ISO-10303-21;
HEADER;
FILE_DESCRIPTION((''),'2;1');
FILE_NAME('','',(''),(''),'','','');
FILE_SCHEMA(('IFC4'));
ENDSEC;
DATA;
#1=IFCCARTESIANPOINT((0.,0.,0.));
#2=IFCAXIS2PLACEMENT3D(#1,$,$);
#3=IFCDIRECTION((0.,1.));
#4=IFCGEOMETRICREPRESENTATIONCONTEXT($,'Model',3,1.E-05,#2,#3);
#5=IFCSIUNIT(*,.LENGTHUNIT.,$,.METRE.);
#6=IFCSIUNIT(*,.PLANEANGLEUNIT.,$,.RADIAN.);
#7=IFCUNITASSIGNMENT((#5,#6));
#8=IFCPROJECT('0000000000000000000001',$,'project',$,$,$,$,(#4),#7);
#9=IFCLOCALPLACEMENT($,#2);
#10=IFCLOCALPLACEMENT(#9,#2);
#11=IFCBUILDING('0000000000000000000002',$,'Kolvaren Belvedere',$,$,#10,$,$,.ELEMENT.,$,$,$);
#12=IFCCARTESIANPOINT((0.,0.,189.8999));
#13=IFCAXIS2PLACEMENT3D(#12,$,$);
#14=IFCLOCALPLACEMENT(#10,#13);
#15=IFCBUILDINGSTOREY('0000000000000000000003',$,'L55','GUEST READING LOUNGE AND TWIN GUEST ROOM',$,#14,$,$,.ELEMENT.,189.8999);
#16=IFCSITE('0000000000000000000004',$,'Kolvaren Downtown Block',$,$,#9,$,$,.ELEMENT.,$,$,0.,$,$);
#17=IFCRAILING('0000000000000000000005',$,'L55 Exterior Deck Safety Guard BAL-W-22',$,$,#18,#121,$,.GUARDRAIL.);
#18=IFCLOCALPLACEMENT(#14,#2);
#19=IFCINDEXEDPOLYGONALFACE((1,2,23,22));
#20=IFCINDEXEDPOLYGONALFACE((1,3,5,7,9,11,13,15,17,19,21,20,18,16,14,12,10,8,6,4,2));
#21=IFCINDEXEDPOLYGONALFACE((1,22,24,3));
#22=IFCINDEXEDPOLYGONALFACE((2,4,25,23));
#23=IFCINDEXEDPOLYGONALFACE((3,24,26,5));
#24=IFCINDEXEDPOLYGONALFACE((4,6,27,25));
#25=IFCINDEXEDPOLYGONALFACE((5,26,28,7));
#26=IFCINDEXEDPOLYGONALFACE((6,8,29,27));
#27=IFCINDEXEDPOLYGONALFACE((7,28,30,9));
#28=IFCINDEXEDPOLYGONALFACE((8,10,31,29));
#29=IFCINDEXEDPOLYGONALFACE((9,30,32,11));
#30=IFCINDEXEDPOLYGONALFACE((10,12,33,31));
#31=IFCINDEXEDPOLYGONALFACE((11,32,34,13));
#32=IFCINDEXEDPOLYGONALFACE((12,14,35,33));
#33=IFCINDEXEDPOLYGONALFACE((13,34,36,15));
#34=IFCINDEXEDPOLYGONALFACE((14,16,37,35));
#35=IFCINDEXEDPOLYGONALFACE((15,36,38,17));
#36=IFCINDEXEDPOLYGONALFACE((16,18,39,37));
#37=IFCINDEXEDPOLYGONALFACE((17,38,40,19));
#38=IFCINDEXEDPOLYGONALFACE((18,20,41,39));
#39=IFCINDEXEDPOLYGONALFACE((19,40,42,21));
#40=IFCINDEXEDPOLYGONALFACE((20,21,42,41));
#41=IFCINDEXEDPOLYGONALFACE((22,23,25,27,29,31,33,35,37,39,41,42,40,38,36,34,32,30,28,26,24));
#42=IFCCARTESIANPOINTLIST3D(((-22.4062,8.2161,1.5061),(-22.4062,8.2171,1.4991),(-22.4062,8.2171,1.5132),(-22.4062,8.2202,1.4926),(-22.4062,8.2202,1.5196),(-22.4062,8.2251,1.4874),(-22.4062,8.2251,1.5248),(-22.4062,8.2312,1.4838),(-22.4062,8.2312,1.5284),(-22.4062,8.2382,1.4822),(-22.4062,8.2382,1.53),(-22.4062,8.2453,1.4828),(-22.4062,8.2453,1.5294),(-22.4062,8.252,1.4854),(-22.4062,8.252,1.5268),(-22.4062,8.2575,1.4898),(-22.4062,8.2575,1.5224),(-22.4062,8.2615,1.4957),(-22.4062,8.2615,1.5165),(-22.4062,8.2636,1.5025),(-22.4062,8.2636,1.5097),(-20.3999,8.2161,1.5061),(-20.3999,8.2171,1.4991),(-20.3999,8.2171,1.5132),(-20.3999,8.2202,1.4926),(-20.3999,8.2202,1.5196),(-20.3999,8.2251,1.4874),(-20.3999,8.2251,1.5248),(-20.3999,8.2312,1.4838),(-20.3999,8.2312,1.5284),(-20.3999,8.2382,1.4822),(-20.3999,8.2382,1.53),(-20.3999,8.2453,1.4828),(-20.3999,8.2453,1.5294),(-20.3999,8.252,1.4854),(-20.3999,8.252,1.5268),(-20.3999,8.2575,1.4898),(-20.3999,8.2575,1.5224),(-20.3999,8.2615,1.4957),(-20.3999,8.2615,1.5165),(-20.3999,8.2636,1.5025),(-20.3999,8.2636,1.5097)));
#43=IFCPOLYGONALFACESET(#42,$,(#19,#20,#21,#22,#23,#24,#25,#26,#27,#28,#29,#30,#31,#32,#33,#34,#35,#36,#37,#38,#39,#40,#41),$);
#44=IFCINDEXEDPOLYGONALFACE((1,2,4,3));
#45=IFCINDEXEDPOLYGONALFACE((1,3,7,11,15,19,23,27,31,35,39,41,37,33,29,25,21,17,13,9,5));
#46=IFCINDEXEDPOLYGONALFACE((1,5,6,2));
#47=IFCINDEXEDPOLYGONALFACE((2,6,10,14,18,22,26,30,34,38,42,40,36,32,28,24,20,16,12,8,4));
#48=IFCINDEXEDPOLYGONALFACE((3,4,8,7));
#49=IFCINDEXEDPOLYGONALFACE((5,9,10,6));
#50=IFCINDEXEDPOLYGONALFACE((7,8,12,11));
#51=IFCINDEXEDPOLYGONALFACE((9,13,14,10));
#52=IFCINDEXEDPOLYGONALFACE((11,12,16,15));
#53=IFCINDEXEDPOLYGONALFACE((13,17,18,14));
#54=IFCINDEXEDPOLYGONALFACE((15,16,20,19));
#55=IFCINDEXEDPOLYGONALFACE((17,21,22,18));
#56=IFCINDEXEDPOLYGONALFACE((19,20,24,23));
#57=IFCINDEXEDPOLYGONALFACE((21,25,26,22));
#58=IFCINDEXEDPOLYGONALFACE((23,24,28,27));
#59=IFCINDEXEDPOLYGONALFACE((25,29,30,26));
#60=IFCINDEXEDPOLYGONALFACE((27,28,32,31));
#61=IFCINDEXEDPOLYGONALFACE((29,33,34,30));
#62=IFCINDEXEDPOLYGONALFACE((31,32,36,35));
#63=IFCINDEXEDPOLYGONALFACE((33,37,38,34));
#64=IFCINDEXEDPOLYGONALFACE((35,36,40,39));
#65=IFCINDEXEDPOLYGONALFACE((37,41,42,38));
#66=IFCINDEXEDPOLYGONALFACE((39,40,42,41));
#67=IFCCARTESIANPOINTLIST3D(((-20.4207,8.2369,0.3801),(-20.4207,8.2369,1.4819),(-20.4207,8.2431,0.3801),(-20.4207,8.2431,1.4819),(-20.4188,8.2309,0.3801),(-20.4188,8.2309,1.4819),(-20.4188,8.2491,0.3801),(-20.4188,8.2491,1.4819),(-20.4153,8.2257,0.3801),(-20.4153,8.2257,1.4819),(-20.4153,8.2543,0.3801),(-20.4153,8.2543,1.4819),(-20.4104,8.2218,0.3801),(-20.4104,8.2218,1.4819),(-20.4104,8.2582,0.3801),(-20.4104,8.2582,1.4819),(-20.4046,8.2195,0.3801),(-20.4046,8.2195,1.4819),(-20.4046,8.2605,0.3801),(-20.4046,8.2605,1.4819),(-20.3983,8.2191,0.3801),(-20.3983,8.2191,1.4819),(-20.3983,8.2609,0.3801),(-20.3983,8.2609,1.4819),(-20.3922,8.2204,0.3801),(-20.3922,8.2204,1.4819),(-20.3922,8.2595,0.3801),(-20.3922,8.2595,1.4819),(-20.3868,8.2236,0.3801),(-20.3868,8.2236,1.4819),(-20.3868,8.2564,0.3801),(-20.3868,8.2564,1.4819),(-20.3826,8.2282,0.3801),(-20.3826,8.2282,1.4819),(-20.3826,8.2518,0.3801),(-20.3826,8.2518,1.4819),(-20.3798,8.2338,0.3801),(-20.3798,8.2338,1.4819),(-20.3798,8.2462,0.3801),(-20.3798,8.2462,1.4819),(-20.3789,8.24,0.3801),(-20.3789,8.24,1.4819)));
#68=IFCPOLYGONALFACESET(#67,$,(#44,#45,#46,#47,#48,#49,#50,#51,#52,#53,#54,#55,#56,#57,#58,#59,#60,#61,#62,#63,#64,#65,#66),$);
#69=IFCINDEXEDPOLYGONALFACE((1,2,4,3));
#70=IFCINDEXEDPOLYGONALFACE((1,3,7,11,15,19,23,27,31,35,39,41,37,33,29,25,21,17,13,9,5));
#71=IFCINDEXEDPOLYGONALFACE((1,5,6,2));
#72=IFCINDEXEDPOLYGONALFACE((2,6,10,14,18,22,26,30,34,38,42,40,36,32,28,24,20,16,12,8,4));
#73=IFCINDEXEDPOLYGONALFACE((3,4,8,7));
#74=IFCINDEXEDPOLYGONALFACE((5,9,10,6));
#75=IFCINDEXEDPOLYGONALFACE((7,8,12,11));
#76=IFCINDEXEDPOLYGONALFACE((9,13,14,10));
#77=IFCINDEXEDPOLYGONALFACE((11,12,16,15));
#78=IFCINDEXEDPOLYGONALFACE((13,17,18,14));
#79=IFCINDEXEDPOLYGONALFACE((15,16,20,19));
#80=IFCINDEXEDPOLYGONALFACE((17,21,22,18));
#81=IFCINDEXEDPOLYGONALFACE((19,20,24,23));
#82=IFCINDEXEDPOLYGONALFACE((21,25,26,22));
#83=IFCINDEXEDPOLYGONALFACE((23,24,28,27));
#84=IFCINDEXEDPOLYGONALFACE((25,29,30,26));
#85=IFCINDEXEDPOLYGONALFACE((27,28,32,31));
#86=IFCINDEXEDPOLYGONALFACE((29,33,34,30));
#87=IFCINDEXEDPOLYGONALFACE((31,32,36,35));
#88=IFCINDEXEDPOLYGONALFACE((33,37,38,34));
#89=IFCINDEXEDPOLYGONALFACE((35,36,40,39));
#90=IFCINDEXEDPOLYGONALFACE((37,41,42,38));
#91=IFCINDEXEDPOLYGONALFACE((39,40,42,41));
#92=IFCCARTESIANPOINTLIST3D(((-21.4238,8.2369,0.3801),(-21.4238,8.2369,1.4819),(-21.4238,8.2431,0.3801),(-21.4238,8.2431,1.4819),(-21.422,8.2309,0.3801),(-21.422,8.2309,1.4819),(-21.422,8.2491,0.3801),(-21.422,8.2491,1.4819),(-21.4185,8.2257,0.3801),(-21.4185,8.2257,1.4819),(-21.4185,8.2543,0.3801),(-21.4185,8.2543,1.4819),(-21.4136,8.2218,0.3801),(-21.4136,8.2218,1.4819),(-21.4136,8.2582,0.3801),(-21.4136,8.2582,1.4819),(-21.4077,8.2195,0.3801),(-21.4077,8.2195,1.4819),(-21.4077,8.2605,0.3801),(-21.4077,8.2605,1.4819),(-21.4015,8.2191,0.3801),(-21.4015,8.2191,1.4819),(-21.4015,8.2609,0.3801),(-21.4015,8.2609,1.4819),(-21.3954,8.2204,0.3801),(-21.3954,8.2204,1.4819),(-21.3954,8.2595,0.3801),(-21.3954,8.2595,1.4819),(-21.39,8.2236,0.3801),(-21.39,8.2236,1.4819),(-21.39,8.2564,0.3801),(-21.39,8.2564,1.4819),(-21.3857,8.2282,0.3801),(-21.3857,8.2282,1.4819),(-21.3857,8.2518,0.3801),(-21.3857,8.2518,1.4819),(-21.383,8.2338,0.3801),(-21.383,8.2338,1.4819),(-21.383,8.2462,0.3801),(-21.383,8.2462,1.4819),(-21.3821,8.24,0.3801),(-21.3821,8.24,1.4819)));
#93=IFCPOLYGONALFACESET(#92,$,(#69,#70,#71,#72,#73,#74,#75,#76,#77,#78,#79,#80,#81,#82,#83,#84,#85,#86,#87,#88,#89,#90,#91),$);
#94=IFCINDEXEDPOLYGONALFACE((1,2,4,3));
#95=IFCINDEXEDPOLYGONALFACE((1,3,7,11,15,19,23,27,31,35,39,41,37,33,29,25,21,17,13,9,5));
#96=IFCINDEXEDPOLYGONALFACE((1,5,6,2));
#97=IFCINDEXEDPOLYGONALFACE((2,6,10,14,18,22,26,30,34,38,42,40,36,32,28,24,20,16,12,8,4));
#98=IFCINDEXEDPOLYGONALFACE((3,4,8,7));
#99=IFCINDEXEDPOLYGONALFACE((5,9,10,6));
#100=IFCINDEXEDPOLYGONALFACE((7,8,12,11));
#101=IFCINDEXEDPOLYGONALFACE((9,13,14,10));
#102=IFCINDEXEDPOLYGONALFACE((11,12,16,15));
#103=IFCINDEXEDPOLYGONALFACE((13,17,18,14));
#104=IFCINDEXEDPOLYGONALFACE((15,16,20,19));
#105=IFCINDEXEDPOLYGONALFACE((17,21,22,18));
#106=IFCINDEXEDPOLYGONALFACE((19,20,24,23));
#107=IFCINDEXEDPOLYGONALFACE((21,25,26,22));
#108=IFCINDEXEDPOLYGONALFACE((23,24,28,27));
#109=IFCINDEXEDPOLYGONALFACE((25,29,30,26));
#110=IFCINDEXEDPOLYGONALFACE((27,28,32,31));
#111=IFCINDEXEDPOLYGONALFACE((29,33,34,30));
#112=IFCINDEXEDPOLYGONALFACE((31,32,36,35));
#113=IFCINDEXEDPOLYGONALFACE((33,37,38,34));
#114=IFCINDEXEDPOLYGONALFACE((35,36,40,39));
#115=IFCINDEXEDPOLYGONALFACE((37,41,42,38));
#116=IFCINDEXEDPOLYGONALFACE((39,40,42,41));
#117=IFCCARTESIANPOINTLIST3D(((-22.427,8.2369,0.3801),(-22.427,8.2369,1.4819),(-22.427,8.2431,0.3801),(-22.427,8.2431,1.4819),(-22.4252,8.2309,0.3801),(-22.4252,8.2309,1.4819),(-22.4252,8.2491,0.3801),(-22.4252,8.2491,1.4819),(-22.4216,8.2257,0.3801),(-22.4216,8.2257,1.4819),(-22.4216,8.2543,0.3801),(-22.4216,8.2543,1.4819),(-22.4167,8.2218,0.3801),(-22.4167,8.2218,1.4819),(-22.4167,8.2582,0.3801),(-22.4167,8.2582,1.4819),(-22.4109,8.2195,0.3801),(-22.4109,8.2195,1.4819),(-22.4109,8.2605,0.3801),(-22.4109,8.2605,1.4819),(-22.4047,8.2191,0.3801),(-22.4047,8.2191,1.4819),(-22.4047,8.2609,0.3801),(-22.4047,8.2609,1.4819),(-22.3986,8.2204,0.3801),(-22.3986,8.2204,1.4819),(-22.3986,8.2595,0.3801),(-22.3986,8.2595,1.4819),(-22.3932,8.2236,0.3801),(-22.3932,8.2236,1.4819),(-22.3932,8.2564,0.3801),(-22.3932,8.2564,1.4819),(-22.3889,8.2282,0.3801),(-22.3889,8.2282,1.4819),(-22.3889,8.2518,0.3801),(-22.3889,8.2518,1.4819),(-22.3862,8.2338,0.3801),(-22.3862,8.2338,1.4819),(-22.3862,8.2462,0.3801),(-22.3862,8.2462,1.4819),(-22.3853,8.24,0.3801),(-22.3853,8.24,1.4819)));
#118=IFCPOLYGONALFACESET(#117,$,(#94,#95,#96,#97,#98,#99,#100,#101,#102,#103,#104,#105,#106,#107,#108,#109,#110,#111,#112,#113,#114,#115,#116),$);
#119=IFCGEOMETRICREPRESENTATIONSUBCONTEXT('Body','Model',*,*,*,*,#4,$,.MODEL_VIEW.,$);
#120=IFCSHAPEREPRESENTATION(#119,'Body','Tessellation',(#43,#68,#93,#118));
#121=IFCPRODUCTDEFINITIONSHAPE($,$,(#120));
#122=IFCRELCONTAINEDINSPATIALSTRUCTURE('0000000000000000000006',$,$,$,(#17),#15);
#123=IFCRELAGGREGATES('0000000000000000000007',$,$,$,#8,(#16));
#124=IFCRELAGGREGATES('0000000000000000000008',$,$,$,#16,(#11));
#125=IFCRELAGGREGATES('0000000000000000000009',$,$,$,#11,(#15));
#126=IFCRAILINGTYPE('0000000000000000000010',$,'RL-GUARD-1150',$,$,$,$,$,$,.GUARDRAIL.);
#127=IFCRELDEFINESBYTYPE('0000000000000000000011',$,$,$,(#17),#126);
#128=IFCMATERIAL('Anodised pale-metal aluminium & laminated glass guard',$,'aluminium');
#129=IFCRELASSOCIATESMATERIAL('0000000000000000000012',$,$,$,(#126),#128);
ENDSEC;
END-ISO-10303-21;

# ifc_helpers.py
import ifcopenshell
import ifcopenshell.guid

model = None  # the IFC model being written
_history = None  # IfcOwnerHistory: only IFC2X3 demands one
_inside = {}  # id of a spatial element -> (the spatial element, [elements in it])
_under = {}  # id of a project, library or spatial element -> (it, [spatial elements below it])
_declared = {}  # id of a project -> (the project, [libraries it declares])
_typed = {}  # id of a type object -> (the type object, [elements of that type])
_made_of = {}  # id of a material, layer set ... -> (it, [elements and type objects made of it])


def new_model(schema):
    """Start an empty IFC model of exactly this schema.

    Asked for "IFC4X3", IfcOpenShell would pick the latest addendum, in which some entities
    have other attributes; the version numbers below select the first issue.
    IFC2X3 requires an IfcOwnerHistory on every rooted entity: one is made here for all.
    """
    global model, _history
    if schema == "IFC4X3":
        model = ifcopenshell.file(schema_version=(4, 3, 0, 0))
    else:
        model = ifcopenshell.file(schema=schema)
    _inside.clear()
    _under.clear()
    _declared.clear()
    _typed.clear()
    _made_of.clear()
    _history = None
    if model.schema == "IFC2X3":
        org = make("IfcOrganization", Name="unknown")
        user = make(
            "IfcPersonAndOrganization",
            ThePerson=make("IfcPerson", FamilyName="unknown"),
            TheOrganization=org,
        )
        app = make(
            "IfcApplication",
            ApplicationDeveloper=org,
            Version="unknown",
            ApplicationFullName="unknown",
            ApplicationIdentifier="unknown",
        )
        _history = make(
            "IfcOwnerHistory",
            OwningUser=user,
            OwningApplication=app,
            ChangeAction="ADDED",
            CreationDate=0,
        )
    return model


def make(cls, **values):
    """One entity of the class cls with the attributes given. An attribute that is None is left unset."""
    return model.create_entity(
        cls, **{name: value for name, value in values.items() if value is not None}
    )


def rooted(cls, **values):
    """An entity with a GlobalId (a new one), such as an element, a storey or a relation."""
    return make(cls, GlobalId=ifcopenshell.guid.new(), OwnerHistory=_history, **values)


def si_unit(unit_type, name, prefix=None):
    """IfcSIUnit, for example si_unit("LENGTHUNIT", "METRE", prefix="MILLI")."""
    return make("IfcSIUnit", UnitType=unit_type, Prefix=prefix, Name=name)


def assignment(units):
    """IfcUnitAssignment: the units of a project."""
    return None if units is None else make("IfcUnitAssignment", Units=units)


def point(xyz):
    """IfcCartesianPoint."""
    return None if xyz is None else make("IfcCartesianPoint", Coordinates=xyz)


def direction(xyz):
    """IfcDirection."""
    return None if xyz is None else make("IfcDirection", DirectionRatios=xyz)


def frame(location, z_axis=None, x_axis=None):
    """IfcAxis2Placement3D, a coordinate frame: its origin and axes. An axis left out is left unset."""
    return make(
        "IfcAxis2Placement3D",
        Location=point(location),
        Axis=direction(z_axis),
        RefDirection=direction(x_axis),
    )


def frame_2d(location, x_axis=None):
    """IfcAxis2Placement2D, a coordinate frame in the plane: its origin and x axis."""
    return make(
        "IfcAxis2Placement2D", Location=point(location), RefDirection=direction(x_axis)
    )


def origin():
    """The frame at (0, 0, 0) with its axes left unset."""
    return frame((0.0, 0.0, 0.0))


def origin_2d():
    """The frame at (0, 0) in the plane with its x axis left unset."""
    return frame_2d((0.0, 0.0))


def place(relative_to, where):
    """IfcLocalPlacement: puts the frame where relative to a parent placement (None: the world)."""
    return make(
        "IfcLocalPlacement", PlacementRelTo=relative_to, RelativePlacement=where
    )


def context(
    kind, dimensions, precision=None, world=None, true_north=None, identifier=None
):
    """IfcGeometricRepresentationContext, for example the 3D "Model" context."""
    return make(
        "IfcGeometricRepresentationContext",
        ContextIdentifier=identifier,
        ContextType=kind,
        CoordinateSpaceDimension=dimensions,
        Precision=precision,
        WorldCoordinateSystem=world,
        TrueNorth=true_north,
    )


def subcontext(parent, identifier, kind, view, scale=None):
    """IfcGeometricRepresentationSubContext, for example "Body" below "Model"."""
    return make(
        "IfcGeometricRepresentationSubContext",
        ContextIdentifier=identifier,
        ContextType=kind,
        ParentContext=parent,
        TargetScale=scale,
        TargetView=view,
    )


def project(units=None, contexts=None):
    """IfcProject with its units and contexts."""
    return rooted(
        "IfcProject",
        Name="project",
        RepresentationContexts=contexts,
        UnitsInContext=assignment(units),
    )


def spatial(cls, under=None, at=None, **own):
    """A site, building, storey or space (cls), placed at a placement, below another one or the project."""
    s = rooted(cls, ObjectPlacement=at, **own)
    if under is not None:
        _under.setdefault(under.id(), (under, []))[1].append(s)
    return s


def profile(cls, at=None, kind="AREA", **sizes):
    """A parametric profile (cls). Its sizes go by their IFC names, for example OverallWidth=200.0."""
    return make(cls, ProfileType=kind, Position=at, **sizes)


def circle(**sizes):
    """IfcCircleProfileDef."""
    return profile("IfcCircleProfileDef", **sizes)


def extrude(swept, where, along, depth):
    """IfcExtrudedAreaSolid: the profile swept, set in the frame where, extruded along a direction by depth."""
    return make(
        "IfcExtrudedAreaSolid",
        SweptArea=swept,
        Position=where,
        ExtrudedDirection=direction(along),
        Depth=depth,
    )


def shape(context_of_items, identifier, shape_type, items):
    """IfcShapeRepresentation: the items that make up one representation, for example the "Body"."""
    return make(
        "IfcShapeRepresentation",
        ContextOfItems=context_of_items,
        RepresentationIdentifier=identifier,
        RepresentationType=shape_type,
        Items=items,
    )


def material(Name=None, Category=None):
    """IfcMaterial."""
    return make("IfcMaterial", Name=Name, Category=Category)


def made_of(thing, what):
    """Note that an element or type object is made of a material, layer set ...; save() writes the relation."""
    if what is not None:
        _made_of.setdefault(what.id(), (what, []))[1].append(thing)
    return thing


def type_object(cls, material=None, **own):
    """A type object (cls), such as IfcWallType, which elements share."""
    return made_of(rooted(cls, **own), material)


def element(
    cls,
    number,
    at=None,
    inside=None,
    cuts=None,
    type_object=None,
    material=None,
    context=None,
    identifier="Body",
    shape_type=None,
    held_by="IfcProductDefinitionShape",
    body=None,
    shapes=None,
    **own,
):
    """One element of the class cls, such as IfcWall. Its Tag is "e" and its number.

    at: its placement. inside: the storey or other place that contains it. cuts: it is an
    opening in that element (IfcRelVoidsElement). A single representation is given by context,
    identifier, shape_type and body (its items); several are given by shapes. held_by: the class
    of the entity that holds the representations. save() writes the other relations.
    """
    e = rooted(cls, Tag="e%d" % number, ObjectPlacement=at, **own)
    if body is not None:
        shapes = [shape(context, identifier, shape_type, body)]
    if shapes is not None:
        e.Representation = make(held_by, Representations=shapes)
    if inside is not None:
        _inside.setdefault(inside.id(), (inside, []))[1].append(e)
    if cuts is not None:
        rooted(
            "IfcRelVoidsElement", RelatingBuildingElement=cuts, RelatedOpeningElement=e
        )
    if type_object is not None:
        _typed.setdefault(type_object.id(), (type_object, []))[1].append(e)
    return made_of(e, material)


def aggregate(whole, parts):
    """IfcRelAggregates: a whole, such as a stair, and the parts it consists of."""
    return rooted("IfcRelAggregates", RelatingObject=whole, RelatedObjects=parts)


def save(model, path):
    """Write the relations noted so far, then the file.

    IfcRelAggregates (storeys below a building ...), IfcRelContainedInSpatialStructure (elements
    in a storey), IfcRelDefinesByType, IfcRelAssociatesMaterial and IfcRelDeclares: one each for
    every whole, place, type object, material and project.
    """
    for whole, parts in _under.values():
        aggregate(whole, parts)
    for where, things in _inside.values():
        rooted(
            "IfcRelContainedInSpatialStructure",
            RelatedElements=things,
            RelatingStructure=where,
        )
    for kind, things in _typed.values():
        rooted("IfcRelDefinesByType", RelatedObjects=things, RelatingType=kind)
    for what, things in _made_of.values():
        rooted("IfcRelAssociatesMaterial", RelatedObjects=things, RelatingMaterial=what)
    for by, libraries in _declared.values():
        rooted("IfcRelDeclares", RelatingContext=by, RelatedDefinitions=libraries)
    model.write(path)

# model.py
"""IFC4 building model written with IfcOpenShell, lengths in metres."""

from ifc_helpers import new_model, si_unit, direction, frame, origin, origin_2d, place, context, subcontext, project, spatial, circle, extrude, material, type_object, element, save


model = new_model("IFC4")

# Units and contexts
model_context = context("Model", 3, precision=1e-05, world=origin(), true_north=direction((0.0, 1.0)))
body_context = subcontext(model_context, "Body", "Model", "MODEL_VIEW")
ifc_project = project(units=[si_unit("LENGTHUNIT", "METRE"), si_unit("PLANEANGLEUNIT", "RADIAN")], contexts=[model_context])

# Site, building, storey
site_placement = place(None, origin())
site = spatial("IfcSite", under=ifc_project, at=site_placement, Name="Kolvaren Downtown Block", CompositionType="ELEMENT", RefElevation=0.0)
building_placement = place(site_placement, origin())
building = spatial("IfcBuilding", under=site, at=building_placement, Name="Kolvaren Belvedere", CompositionType="ELEMENT")
storey_placement = place(building_placement, frame((0.0, 0.0, 189.8999)))
storey = spatial("IfcBuildingStorey", under=building, at=storey_placement, Name="L55", Description="GUEST READING LOUNGE AND TWIN GUEST ROOM", CompositionType="ELEMENT", Elevation=189.8999)

# Railing
ifc_material_1 = material(Name="Anodised pale-metal aluminium & laminated glass guard", Category="aluminium")
railing_type = type_object("IfcRailingType", Name="RL-GUARD-1150", PredefinedType="GUARDRAIL", material=ifc_material_1)
railing_1_placement = place(storey_placement, frame((-20.3999, 8.24, 0.3801)))
element("IfcRailing", 1, at=railing_1_placement, inside=storey, type_object=railing_type, Name="L55 Exterior Deck Safety Guard BAL-W-22", PredefinedType="GUARDRAIL", context=body_context, shape_type="SweptSolid", body=[
    extrude(circle(Radius=0.0239, at=origin_2d()), frame((0.0, 0.0, 1.126), z_axis=(-1.0, 0.0, 0.0), x_axis=(0.0, -1.0, 0.0)), (0.0, 0.0, 1.0), 2.0063),
    extrude(circle(Radius=0.021, at=origin_2d()), origin(), (0.0, 0.0, 1.0), 1.1018),
    extrude(circle(Radius=0.021, at=origin_2d()), frame((-1.0032, 0.0, 0.0)), (0.0, 0.0, 1.0), 1.1018),
    extrude(circle(Radius=0.021, at=origin_2d()), frame((-2.0063, 0.0, 0.0)), (0.0, 0.0, 1.0), 1.1018),
])

save(model, "model.ifc")
